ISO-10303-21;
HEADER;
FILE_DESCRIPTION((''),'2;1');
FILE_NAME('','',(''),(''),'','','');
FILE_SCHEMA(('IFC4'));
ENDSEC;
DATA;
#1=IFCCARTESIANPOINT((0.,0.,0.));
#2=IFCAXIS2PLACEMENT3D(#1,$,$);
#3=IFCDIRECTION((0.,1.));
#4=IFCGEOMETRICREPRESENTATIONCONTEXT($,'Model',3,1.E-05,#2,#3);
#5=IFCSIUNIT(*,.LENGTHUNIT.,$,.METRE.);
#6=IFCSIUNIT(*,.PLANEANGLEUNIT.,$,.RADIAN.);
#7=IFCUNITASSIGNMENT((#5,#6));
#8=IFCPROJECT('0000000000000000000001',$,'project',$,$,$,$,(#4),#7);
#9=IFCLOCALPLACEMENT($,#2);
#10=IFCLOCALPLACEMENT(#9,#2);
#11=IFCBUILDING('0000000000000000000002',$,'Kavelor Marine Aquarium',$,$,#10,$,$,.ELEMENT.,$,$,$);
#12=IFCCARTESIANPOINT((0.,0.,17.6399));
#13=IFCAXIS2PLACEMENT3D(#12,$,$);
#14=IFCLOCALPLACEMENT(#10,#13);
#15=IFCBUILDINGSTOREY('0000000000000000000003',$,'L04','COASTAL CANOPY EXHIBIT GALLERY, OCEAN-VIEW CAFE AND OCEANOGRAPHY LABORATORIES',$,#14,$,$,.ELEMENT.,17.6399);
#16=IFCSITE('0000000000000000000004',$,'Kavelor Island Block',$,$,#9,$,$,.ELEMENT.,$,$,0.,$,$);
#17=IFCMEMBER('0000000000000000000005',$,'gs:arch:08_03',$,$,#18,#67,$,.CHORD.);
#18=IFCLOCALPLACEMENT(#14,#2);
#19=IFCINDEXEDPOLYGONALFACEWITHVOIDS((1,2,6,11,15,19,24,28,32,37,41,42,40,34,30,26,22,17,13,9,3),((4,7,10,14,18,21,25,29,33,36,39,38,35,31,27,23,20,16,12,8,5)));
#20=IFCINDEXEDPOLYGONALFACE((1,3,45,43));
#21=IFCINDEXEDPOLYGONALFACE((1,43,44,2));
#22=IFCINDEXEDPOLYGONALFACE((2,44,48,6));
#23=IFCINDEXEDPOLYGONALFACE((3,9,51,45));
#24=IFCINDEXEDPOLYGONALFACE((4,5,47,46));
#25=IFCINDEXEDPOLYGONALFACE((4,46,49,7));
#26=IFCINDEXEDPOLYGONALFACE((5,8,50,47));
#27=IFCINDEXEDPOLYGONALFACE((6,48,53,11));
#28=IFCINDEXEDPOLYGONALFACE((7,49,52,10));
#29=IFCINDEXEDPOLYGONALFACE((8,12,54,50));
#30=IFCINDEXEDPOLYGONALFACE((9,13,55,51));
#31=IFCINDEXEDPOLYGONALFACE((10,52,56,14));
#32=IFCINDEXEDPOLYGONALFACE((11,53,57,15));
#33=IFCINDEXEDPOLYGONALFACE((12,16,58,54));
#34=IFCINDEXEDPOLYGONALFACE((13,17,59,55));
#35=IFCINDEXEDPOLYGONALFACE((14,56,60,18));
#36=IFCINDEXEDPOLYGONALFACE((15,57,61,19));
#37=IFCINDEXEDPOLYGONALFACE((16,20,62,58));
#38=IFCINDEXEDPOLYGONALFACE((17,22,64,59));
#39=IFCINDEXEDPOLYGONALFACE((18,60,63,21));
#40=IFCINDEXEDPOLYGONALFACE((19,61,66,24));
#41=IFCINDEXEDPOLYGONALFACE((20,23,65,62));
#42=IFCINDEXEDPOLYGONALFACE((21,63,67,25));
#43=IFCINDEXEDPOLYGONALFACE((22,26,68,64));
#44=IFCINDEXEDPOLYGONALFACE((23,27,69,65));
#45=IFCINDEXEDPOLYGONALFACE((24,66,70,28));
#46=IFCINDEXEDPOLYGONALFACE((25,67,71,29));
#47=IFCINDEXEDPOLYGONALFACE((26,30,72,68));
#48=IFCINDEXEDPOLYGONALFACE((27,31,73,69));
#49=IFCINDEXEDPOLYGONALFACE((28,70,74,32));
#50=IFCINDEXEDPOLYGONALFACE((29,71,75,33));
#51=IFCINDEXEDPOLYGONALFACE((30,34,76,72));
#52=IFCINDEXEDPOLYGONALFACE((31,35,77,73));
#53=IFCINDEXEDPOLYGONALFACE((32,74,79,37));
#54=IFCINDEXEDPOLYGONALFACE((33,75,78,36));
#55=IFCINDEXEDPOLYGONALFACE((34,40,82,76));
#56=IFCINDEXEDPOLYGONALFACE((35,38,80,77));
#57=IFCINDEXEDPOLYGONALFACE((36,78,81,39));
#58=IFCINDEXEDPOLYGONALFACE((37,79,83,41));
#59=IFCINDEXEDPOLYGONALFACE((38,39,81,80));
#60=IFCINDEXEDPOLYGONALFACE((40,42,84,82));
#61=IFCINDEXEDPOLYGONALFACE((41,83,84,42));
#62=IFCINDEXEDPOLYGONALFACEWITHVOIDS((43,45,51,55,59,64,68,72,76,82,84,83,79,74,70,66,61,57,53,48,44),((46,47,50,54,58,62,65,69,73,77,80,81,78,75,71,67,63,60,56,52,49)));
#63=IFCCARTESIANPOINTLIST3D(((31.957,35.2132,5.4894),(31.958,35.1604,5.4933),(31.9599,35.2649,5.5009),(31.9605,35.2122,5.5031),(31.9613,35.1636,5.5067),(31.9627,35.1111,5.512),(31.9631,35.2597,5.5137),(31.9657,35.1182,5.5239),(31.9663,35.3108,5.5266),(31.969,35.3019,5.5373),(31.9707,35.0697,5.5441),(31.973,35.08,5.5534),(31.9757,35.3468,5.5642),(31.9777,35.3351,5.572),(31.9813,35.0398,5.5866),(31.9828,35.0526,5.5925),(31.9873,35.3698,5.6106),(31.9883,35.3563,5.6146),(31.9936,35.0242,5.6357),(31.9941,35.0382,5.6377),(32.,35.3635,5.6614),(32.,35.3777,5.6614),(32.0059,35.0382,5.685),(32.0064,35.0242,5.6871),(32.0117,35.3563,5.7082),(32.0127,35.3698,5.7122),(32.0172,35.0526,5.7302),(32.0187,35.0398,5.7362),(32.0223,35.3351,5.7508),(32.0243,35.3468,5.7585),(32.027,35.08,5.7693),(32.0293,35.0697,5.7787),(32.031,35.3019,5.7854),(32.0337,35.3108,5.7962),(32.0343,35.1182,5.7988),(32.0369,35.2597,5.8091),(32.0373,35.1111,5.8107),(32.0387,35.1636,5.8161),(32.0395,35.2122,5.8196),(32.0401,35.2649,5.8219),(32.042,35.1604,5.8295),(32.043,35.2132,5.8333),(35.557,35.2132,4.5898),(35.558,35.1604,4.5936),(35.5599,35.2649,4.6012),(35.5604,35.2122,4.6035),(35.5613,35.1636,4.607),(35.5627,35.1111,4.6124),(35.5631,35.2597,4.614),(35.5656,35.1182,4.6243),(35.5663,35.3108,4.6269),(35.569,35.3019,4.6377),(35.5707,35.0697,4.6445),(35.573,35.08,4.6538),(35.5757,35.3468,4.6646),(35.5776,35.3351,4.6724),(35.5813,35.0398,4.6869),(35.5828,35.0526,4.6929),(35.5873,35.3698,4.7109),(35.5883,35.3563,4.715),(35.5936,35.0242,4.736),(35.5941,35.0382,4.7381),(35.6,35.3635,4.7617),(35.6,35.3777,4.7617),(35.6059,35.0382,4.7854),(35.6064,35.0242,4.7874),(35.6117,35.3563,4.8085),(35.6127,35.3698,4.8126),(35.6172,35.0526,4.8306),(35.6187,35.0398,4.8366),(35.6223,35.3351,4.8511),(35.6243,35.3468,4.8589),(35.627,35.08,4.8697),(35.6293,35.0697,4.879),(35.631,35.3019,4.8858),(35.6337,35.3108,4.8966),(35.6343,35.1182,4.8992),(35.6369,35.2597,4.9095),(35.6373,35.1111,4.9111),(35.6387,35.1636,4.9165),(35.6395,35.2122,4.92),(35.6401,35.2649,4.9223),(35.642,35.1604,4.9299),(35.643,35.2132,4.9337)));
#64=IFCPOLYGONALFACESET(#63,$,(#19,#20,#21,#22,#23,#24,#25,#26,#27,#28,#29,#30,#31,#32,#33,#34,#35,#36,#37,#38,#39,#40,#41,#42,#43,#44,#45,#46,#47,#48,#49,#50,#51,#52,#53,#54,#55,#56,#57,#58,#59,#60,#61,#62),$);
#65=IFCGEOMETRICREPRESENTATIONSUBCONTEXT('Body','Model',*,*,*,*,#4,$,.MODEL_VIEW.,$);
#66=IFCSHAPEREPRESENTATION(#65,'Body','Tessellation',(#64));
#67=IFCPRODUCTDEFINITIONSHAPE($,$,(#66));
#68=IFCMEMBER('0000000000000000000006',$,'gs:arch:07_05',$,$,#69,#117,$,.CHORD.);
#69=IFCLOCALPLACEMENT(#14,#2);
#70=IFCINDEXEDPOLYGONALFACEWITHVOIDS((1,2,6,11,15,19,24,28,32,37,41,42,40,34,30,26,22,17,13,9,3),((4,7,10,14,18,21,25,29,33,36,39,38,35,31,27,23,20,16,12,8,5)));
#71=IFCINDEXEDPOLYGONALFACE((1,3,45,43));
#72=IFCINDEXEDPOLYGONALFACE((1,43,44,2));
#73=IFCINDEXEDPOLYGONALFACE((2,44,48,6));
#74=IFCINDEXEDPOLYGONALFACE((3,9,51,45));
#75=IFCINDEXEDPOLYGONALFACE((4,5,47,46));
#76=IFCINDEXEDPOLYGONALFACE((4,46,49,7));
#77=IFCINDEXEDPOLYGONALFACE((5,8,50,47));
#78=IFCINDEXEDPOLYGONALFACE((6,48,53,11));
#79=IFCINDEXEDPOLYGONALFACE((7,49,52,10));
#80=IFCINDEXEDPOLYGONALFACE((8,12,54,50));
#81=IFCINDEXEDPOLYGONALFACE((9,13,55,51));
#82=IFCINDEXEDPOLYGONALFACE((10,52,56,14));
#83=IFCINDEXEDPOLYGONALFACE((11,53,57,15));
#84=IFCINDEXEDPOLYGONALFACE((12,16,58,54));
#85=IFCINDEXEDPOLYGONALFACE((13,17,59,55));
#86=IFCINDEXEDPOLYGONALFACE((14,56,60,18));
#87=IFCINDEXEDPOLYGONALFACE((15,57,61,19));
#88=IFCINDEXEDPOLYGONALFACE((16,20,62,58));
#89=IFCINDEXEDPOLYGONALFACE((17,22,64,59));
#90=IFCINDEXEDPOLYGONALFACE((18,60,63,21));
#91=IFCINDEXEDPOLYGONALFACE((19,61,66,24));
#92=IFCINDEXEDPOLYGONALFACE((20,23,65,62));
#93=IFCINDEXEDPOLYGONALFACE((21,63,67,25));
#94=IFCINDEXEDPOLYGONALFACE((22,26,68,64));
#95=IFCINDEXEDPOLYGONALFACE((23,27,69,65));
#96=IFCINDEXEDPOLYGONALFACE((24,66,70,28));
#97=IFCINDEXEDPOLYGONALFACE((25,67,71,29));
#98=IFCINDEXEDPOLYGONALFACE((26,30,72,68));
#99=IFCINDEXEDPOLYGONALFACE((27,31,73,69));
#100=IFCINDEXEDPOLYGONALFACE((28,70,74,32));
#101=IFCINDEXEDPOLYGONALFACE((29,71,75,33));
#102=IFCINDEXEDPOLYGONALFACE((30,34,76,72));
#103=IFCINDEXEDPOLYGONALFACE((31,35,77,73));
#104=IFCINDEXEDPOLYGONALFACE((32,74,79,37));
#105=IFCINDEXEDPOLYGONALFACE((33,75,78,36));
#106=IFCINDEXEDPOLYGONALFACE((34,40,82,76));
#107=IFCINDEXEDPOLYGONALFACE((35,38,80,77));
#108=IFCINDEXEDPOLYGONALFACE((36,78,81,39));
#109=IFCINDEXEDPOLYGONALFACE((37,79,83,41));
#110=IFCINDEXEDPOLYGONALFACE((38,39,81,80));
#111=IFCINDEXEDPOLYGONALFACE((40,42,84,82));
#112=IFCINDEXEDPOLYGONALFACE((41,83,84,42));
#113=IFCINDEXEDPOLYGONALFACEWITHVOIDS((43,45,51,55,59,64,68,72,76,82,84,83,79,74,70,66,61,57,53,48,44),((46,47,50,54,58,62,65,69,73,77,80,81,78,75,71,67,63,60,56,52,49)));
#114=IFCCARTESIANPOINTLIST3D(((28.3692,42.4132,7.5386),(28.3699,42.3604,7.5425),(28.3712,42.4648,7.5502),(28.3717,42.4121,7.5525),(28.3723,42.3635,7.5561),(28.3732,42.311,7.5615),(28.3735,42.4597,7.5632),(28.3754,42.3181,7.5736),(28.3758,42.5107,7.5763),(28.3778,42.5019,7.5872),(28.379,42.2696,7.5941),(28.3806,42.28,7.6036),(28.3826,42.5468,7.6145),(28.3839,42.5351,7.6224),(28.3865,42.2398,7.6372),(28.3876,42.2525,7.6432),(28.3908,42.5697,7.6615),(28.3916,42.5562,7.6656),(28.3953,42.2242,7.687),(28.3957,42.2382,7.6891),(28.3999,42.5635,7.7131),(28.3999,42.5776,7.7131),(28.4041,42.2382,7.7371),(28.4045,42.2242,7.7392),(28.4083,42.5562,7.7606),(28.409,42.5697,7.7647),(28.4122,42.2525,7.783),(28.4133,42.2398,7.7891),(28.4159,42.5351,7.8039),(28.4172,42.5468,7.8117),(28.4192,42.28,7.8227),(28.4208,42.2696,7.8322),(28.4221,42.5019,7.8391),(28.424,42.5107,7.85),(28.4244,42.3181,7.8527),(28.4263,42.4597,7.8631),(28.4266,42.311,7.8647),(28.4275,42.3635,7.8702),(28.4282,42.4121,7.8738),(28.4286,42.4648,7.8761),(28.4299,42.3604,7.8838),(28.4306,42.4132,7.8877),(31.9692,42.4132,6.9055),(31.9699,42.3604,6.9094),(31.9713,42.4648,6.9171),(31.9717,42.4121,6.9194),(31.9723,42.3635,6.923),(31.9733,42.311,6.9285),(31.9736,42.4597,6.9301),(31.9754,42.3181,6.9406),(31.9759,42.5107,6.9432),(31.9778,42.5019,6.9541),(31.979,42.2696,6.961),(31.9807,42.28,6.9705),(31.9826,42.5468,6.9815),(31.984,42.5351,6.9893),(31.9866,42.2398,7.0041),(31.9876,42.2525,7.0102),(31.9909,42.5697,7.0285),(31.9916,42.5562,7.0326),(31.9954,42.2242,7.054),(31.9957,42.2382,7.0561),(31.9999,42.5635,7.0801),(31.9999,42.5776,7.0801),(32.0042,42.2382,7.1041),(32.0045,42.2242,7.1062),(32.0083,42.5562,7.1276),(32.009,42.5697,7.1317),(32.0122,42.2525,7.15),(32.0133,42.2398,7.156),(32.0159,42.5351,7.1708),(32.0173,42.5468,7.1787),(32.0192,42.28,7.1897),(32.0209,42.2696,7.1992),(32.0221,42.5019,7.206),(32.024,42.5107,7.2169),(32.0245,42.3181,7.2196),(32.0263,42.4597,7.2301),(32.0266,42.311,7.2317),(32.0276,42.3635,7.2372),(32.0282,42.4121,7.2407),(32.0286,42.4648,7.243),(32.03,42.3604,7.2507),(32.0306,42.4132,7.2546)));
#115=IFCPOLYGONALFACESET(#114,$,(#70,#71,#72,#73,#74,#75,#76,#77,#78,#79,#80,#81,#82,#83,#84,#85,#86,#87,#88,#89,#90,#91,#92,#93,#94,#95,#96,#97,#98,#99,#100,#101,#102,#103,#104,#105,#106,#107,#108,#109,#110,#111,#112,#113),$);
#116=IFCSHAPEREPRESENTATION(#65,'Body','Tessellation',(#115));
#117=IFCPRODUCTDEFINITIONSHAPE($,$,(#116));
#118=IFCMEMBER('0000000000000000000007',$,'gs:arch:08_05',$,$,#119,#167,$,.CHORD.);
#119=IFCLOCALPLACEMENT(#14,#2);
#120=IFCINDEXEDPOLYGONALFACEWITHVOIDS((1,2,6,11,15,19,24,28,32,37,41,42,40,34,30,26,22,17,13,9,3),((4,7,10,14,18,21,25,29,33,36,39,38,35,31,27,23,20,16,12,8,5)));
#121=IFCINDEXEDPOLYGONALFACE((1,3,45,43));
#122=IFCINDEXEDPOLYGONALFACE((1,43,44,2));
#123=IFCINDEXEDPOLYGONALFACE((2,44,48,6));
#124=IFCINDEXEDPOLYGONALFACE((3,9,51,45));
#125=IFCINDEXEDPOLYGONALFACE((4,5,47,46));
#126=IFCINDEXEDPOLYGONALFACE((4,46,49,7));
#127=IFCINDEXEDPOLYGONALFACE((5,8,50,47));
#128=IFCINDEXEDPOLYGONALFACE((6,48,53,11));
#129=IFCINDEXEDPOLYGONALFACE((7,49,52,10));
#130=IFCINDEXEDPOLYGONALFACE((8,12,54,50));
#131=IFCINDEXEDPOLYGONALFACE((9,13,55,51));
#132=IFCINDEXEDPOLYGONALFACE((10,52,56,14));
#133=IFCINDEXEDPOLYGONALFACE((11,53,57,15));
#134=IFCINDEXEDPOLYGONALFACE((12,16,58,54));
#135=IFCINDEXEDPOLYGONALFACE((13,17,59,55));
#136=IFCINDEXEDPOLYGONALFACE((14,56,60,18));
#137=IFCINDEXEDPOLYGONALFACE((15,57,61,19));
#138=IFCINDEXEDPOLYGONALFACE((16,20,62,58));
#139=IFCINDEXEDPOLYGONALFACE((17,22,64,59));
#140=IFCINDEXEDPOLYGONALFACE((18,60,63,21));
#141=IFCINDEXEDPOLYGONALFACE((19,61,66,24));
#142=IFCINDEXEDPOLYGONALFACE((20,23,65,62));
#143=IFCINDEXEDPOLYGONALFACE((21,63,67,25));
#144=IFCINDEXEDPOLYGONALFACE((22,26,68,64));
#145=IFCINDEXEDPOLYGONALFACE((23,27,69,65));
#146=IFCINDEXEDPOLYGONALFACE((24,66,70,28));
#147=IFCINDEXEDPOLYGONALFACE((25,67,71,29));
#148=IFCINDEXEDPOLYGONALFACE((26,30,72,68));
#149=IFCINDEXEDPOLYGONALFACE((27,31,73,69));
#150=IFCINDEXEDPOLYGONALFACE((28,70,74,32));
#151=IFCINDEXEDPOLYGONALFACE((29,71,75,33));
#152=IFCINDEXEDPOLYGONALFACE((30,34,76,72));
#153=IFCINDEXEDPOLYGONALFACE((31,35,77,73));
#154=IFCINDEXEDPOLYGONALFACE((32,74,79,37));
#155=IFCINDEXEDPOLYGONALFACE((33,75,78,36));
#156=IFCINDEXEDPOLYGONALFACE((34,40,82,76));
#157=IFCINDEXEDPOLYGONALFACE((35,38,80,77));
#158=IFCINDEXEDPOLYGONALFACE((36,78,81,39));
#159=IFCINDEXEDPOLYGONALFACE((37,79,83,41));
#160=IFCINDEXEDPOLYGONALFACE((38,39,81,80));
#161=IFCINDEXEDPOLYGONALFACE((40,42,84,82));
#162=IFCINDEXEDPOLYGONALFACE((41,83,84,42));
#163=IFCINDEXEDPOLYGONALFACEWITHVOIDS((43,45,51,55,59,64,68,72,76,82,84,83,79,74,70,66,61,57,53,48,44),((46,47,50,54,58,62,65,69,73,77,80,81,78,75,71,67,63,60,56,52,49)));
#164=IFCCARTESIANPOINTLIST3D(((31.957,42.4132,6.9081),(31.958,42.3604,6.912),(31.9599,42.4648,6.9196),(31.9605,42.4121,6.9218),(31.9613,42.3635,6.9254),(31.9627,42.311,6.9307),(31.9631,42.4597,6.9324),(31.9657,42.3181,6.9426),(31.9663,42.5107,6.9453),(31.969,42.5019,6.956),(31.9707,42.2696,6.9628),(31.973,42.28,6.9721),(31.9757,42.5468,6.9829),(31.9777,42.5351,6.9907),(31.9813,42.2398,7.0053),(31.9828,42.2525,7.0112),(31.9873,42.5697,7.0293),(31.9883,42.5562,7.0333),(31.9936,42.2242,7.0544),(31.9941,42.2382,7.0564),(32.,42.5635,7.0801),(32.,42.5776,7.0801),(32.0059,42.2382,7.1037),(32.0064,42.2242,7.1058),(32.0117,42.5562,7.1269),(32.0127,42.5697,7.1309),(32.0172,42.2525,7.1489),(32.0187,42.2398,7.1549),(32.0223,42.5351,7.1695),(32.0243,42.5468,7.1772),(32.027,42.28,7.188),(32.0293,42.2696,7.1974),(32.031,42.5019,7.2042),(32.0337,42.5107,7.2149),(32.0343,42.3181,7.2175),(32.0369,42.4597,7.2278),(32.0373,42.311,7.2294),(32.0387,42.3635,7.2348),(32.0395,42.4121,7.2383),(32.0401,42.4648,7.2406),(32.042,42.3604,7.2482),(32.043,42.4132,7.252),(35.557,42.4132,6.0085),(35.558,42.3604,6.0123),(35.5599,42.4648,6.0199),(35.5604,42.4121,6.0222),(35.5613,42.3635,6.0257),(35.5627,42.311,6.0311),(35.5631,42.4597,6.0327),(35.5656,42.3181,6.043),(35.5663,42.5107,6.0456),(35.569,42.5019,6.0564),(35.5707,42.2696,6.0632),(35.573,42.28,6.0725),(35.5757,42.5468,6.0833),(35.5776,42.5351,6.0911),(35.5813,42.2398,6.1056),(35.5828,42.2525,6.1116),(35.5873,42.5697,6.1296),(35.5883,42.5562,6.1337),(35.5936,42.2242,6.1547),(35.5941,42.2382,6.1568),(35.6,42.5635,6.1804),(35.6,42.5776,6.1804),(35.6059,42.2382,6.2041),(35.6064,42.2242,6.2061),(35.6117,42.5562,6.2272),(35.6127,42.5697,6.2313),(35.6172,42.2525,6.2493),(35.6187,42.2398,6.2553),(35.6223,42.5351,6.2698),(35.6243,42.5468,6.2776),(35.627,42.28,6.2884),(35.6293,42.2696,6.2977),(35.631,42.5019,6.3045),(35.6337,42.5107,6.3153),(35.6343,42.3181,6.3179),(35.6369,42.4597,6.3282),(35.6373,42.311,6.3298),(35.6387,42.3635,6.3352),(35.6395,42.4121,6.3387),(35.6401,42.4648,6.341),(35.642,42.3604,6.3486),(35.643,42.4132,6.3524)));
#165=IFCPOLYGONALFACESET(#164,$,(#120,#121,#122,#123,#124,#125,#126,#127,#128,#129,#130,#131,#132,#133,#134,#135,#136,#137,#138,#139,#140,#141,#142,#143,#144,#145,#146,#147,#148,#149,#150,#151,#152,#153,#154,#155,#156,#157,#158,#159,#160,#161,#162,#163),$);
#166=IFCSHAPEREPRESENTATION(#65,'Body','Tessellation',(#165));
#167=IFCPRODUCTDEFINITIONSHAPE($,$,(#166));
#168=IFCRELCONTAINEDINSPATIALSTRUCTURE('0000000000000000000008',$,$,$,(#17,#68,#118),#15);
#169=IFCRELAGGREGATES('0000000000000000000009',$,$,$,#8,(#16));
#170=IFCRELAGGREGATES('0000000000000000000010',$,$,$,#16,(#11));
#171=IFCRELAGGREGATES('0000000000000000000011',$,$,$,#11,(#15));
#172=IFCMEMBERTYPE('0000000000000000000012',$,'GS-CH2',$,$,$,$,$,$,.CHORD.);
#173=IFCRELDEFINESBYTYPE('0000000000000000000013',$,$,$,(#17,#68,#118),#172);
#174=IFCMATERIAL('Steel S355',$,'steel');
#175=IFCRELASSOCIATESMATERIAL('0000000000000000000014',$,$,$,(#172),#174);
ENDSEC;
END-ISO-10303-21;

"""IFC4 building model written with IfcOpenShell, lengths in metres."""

from ifc_helpers import new_model, si_unit, direction, frame, origin, origin_2d, place, context, subcontext, project, spatial, hollow_circle, extrude, material, material_profile, profile_set, type_object, element, save


model = new_model("IFC4")

# Units and contexts
model_context = context("Model", 3, precision=1e-05, world=origin(), true_north=direction((0.0, 1.0)))
body_context = subcontext(model_context, "Body", "Model", "MODEL_VIEW")
ifc_project = project(units=[si_unit("LENGTHUNIT", "METRE"), si_unit("PLANEANGLEUNIT", "RADIAN")], contexts=[model_context])

# Site, building, storey
site_placement = place(None, origin())
site = spatial("IfcSite", under=ifc_project, at=site_placement, Name="Kavelor Island Block", CompositionType="ELEMENT", RefElevation=0.0)
building_placement = place(site_placement, origin())
building = spatial("IfcBuilding", under=site, at=building_placement, Name="Kavelor Marine Aquarium", CompositionType="ELEMENT")
storey_placement = place(building_placement, frame((0.0, 0.0, 17.6399)))
storey = spatial("IfcBuildingStorey", under=building, at=storey_placement, Name="L04", Description="COASTAL CANOPY EXHIBIT GALLERY, OCEAN-VIEW CAFE AND OCEANOGRAPHY LABORATORIES", CompositionType="ELEMENT", Elevation=17.6399)

# Members
ifc_material_1 = material(Name="Steel S355", Category="steel")
ifc_material_profile_1 = material_profile(ifc_material_1, hollow_circle(Radius=0.1777, WallThickness=0.0142, at=origin_2d()), Name="CHS 355.6x14.2")
ifc_profile_set_1 = profile_set([ifc_material_profile_1], Name="Steel S355")
member_type_1 = type_object("IfcMemberType", Name="GS-CH2", PredefinedType="CHORD", material=ifc_profile_set_1)
member_1_placement = place(storey_placement, frame((32.0, 35.2, 5.6614), z_axis=(0.970166, 0.0, -0.242443), x_axis=(0.0, 1.0, 0.0)))
element("IfcMember", 1, at=member_1_placement, inside=storey, type_object=member_type_1, Name="gs:arch:08_03", PredefinedType="CHORD", context=body_context, shape_type="SweptSolid", body=[
    extrude(hollow_circle(Radius=0.1777, WallThickness=0.0142, at=origin_2d()), origin(), (0.0, 0.0, 1.0), 3.7107),
])
member_2_placement = place(storey_placement, frame((28.3999, 42.3999, 7.7131), z_axis=(0.984889, 0.0, -0.173187), x_axis=(0.0, 1.0, 0.0)))
element("IfcMember", 2, at=member_2_placement, inside=storey, type_object=member_type_1, Name="gs:arch:07_05", PredefinedType="CHORD", context=body_context, shape_type="SweptSolid", body=[
    extrude(hollow_circle(Radius=0.1777, WallThickness=0.0142, at=origin_2d()), origin(), (0.0, 0.0, 1.0), 3.6553),
])
member_3_placement = place(storey_placement, frame((32.0, 42.3999, 7.0801), z_axis=(0.970166, 0.0, -0.242443), x_axis=(0.0, 1.0, 0.0)))
element("IfcMember", 3, at=member_3_placement, inside=storey, type_object=member_type_1, Name="gs:arch:08_05", PredefinedType="CHORD", context=body_context, shape_type="SweptSolid", body=[
    extrude(hollow_circle(Radius=0.1777, WallThickness=0.0142, at=origin_2d()), origin(), (0.0, 0.0, 1.0), 3.7107),
])

save(model, "model.ifc")
